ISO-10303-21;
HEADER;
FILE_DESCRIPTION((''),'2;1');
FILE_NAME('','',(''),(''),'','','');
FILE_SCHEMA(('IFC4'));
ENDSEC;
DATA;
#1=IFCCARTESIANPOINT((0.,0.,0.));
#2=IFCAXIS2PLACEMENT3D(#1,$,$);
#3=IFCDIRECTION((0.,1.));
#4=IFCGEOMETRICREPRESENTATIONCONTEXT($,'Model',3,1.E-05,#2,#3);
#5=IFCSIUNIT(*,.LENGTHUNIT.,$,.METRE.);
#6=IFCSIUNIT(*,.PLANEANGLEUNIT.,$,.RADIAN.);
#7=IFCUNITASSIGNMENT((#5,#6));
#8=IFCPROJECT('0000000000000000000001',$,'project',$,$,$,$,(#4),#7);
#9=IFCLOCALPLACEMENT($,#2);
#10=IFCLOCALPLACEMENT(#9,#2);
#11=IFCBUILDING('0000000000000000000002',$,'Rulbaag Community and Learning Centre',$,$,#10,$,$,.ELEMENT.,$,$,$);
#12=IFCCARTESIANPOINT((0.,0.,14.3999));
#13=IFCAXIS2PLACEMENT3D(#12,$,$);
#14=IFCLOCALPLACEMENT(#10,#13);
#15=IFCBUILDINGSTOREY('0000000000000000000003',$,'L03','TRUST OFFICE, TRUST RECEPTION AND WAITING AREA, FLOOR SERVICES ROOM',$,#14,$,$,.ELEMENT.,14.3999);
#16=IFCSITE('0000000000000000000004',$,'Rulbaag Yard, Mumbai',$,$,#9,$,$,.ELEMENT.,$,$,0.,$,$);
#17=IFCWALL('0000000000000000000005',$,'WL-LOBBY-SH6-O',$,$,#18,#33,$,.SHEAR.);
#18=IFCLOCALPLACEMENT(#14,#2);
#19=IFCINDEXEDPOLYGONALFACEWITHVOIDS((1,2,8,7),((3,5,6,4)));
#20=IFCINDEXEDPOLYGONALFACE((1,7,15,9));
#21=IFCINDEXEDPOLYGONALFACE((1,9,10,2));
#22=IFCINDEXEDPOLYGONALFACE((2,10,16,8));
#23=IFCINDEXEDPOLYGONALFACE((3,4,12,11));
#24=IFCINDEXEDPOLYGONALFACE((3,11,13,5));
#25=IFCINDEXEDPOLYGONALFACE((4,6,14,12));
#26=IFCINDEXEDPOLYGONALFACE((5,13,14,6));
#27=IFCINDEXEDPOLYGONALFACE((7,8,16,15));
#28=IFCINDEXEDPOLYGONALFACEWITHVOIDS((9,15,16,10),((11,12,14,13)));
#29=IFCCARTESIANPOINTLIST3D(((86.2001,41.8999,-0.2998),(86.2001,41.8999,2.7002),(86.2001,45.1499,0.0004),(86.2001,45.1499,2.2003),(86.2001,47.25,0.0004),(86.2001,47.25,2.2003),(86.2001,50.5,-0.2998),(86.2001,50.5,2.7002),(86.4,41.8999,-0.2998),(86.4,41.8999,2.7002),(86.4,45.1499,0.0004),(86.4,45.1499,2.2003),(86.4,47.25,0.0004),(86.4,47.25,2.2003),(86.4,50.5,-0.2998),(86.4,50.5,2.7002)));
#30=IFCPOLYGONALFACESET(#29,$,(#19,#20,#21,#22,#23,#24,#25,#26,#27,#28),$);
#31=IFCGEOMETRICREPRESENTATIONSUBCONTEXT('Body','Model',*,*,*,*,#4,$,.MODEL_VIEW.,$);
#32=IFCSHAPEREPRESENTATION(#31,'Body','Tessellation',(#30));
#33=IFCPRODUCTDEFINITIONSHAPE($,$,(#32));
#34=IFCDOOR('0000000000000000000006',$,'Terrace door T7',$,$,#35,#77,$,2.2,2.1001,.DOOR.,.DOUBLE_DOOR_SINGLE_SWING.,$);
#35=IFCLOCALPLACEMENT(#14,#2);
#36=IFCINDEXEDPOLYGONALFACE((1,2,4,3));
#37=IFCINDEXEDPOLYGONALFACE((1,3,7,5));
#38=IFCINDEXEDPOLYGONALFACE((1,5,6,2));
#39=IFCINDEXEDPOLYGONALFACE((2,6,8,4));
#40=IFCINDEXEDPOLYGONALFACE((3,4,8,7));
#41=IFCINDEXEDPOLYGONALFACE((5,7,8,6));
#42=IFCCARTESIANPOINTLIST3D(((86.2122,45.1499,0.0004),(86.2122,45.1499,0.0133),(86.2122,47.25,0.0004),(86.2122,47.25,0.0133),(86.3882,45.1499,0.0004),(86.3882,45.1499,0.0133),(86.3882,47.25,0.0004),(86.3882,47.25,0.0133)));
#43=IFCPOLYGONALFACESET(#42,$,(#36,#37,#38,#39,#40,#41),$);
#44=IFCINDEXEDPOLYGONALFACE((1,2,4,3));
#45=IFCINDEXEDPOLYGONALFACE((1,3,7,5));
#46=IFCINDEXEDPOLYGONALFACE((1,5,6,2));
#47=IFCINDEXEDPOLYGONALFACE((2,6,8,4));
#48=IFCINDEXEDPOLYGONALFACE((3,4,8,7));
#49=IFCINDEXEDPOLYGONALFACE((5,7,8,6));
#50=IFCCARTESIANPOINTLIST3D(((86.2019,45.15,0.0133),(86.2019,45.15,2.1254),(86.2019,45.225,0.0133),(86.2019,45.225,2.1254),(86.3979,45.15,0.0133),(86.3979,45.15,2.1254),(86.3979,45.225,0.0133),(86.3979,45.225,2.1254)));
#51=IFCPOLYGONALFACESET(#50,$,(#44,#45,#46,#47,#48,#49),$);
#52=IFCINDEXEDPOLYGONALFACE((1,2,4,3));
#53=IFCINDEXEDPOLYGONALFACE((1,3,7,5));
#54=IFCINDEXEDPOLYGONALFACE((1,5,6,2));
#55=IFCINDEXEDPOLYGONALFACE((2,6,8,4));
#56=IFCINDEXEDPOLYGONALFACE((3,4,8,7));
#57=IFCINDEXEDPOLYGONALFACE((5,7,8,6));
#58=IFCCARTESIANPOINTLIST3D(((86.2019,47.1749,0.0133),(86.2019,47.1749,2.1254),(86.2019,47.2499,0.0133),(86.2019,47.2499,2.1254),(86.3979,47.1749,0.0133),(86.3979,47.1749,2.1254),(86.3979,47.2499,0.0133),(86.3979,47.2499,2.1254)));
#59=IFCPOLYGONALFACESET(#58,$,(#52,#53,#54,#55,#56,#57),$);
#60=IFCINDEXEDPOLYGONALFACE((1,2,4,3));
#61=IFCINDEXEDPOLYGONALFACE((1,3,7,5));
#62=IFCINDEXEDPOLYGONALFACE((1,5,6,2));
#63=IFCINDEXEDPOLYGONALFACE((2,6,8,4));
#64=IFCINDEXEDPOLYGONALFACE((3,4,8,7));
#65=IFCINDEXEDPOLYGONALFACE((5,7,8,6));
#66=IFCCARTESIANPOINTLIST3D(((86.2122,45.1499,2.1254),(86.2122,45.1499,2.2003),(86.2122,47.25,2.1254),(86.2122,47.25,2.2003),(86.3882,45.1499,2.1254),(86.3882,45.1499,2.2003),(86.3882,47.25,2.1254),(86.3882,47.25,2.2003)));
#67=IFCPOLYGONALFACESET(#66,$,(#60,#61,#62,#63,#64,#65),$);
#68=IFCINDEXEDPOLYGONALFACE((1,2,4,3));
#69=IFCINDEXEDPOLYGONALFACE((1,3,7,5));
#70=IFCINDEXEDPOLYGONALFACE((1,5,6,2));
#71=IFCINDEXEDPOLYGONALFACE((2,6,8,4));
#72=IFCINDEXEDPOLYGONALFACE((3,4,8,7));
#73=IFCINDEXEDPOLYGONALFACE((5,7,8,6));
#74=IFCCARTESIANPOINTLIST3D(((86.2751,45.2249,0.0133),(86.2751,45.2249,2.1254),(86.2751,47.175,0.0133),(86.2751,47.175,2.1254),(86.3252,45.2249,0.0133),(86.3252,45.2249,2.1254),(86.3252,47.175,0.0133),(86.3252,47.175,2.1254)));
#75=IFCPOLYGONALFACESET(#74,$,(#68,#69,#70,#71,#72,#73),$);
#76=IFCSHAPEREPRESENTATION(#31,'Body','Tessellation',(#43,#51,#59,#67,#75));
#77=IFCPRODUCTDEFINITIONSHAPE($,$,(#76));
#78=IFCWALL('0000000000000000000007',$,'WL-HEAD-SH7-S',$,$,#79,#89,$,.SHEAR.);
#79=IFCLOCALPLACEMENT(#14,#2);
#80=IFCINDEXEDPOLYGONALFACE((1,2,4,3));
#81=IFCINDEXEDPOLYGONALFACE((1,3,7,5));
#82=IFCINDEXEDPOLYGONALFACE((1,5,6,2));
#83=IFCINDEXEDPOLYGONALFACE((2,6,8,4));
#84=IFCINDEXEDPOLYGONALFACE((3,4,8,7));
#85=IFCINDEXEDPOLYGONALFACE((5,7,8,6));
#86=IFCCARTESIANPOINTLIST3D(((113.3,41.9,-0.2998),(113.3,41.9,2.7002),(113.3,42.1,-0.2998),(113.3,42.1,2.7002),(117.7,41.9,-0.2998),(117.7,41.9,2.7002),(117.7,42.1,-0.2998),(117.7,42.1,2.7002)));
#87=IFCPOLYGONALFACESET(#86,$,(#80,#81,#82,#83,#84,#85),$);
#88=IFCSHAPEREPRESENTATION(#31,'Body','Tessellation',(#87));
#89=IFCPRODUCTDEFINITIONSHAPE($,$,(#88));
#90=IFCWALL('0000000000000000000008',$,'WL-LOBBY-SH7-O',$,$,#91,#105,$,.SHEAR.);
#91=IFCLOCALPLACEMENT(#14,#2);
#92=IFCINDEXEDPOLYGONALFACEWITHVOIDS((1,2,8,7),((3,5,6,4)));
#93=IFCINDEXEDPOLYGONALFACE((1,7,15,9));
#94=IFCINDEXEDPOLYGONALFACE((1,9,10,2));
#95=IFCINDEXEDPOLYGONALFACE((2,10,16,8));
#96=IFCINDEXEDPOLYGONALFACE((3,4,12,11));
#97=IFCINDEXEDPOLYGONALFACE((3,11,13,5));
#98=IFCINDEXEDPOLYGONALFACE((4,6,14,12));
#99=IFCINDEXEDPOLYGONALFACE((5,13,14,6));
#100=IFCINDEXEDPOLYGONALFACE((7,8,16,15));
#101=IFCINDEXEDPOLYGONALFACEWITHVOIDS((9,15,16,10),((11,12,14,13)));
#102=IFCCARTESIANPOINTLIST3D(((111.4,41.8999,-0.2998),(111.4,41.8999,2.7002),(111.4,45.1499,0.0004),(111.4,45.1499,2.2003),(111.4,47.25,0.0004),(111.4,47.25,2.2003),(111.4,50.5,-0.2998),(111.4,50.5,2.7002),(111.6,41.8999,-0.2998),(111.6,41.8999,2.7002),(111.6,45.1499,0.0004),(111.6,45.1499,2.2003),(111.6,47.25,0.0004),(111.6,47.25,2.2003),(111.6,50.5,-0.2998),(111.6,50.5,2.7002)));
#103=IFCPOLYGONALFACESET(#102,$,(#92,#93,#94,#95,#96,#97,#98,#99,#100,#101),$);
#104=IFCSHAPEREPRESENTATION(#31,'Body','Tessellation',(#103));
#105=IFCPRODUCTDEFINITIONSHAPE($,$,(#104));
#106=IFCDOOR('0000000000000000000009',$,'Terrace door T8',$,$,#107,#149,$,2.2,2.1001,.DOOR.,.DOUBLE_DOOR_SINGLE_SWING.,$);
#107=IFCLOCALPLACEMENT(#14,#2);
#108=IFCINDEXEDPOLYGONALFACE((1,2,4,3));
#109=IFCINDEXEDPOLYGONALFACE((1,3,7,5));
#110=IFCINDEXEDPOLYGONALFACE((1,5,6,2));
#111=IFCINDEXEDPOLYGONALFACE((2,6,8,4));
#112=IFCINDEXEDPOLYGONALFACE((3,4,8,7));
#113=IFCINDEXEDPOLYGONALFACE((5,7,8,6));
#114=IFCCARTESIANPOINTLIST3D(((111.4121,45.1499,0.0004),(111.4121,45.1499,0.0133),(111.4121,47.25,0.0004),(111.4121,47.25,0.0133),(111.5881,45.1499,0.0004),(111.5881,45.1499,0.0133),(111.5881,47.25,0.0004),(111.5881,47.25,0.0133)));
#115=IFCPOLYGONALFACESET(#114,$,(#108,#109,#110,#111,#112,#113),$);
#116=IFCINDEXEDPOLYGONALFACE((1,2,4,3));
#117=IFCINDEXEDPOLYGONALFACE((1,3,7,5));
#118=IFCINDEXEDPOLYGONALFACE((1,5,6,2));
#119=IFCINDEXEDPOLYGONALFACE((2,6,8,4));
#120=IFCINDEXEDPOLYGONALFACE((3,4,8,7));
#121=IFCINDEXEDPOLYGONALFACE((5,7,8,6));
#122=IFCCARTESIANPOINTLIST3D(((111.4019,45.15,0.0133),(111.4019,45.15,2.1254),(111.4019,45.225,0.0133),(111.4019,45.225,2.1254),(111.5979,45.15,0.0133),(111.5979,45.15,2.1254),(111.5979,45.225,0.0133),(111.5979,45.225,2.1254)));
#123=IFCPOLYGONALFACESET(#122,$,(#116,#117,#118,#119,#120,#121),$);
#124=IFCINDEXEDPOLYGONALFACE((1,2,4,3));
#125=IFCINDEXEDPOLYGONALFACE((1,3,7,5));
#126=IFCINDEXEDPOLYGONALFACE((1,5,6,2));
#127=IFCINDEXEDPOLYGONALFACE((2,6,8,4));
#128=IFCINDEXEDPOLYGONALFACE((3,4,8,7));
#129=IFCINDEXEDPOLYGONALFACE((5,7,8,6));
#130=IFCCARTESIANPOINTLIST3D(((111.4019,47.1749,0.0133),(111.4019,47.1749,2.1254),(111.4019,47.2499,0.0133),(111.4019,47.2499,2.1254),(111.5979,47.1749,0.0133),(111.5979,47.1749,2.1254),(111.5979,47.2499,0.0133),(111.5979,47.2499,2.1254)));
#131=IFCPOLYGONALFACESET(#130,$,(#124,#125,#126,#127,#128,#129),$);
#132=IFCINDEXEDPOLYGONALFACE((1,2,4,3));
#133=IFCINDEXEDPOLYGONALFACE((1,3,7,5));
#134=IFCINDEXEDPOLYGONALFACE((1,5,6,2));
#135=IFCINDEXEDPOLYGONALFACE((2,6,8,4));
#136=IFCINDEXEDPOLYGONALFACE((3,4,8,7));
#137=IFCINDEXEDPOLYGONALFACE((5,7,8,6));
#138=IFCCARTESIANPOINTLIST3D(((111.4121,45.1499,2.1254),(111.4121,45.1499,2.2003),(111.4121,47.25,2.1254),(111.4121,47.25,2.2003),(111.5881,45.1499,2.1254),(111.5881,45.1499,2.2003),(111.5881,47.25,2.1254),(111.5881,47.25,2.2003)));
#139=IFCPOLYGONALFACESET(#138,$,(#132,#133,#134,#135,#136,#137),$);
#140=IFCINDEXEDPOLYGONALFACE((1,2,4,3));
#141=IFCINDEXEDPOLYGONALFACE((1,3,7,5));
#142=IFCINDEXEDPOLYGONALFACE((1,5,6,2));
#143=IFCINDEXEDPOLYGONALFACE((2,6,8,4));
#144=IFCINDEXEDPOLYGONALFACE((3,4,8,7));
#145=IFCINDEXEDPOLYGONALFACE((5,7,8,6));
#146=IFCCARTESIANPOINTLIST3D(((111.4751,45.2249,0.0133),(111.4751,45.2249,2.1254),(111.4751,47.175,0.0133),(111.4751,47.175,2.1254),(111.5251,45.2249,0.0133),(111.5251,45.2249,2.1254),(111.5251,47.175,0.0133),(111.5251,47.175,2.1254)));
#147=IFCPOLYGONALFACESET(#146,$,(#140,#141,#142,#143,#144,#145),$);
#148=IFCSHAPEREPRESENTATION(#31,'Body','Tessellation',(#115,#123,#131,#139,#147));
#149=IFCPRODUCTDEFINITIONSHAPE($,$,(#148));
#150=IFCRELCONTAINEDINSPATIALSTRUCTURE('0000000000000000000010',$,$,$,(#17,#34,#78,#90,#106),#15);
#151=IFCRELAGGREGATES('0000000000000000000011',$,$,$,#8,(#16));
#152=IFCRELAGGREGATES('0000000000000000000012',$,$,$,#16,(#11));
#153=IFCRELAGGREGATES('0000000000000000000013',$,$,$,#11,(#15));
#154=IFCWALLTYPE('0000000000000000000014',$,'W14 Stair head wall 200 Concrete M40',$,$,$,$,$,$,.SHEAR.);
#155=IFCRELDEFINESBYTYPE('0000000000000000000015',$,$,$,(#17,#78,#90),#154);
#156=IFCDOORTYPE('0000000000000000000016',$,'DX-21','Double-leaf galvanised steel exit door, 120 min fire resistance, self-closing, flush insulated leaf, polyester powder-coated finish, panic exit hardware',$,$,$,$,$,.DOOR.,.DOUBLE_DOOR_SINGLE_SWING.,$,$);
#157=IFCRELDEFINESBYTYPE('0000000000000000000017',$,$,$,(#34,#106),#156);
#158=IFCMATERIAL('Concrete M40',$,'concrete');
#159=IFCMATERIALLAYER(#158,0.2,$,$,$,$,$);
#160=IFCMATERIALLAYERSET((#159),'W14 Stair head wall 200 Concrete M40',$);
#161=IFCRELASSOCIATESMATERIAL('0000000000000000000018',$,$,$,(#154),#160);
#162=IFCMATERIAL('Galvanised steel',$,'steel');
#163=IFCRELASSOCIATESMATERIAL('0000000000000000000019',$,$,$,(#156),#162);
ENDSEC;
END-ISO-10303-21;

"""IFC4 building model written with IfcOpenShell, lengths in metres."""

from ifc_helpers import new_model, si_unit, direction, frame, frame_2d, origin, place, context, subcontext, project, spatial, rectangle, extrude, material, layer, layer_set, type_object, element, fill, save


model = new_model("IFC4")

# Units and contexts
model_context = context("Model", 3, precision=1e-05, world=origin(), true_north=direction((0.0, 1.0)))
body_context = subcontext(model_context, "Body", "Model", "MODEL_VIEW")
ifc_project = project(units=[si_unit("LENGTHUNIT", "METRE"), si_unit("PLANEANGLEUNIT", "RADIAN")], contexts=[model_context])

# Site, building, storey
site_placement = place(None, origin())
site = spatial("IfcSite", under=ifc_project, at=site_placement, Name="Rulbaag Yard, Mumbai", CompositionType="ELEMENT", RefElevation=0.0)
building_placement = place(site_placement, origin())
building = spatial("IfcBuilding", under=site, at=building_placement, Name="Rulbaag Community and Learning Centre", CompositionType="ELEMENT")
storey_placement = place(building_placement, frame((0.0, 0.0, 14.3999)))
storey = spatial("IfcBuildingStorey", under=building, at=storey_placement, Name="L03", Description="TRUST OFFICE, TRUST RECEPTION AND WAITING AREA, FLOOR SERVICES ROOM", CompositionType="ELEMENT", Elevation=14.3999)

# Shared definitions
ifc_material_1 = material(Name="Concrete M40", Category="concrete")

# Shared definitions
ifc_layer_1 = layer(ifc_material_1, 0.2)
ifc_layer_set_1 = layer_set([ifc_layer_1], Name="W14 Stair head wall 200 Concrete M40")
wall_type_1 = type_object("IfcWallType", Name="W14 Stair head wall 200 Concrete M40", PredefinedType="SHEAR", material=ifc_layer_set_1)

# Shared definitions
ifc_material_2 = material(Name="Galvanised steel", Category="steel")

# Wall, opening, door
wall_1_placement = place(storey_placement, frame((86.3, 41.8999, -0.2998), z_axis=(0.0, 0.0, 1.0), x_axis=(0.0, 1.0, 0.0)))
wall_1 = element("IfcWall", 1, at=wall_1_placement, inside=storey, type_object=wall_type_1, Name="WL-LOBBY-SH6-O", PredefinedType="SHEAR", context=body_context, shape_type="SweptSolid", body=[
    extrude(rectangle(XDim=8.6001, YDim=0.2, at=frame_2d((4.3, 0.0))), origin(), (0.0, 0.0, 1.0), 3.0),
])
opening_1_placement = place(wall_1_placement, frame((3.25, 0.0, 0.3)))
opening_1 = element("IfcOpeningElement", 2, at=opening_1_placement, cuts=wall_1, PredefinedType="OPENING", context=body_context, shape_type="SweptSolid", body=[
    extrude(rectangle(XDim=2.1001, YDim=2.2, at=frame_2d((1.05, 1.1001))), frame((0.0, 0.1099, 0.0), z_axis=(0.0, -1.0, 0.0), x_axis=(1.0, 0.0, 0.0)), (0.0, 0.0, 1.0), 0.22),
])
door_type_1 = type_object("IfcDoorType", Name="DX-21", Description="Double-leaf galvanised steel exit door, 120 min fire resistance, self-closing, flush insulated leaf, polyester powder-coated finish, panic exit hardware", OperationType="DOUBLE_DOOR_SINGLE_SWING", PredefinedType="DOOR", material=ifc_material_2)
door_1_placement = place(opening_1_placement, origin())
door_1 = element("IfcDoor", 3, at=door_1_placement, inside=storey, type_object=door_type_1, Name="Terrace door T7", OperationType="DOUBLE_DOOR_SINGLE_SWING", OverallHeight=2.2, OverallWidth=2.1001, PredefinedType="DOOR", context=body_context, shape_type="SweptSolid", body=[
    extrude(rectangle(XDim=2.1001, YDim=0.0129, at=frame_2d((1.05, 0.0066))), frame((0.0, 0.0879, 0.0), z_axis=(0.0, -1.0, 0.0), x_axis=(1.0, 0.0, 0.0)), (0.0, 0.0, 1.0), 0.176),
    extrude(rectangle(XDim=0.075, YDim=2.1121, at=frame_2d((0.0376, 1.0691))), frame((0.0, 0.0981, 0.0), z_axis=(0.0, -1.0, 0.0), x_axis=(1.0, 0.0, 0.0)), (0.0, 0.0, 1.0), 0.196),
    extrude(rectangle(XDim=0.075, YDim=2.1121, at=frame_2d((2.0625, 1.0691))), frame((0.0, 0.0981, 0.0), z_axis=(0.0, -1.0, 0.0), x_axis=(1.0, 0.0, 0.0)), (0.0, 0.0, 1.0), 0.196),
    extrude(rectangle(XDim=2.1001, YDim=0.075, at=frame_2d((1.05, 2.1626))), frame((0.0, 0.0879, 0.0), z_axis=(0.0, -1.0, 0.0), x_axis=(1.0, 0.0, 0.0)), (0.0, 0.0, 1.0), 0.176),
    extrude(rectangle(XDim=1.9502, YDim=2.1121, at=frame_2d((1.05, 1.0691))), frame((0.0, 0.0249, 0.0), z_axis=(0.0, -1.0, 0.0), x_axis=(1.0, 0.0, 0.0)), (0.0, 0.0, 1.0), 0.05),
])
fill(opening_1, door_1)

# Wall
wall_2_placement = place(storey_placement, frame((113.3, 42.0, -0.2998), z_axis=(0.0, 0.0, 1.0), x_axis=(1.0, 0.0, 0.0)))
element("IfcWall", 4, at=wall_2_placement, inside=storey, type_object=wall_type_1, Name="WL-HEAD-SH7-S", PredefinedType="SHEAR", context=body_context, shape_type="SweptSolid", body=[
    extrude(rectangle(XDim=4.3999, YDim=0.2, at=frame_2d((2.2, 0.0))), origin(), (0.0, 0.0, 1.0), 3.0),
])

# Wall, opening, door
wall_3_placement = place(storey_placement, frame((111.5, 41.8999, -0.2998), z_axis=(0.0, 0.0, 1.0), x_axis=(0.0, 1.0, 0.0)))
wall_3 = element("IfcWall", 5, at=wall_3_placement, inside=storey, type_object=wall_type_1, Name="WL-LOBBY-SH7-O", PredefinedType="SHEAR", context=body_context, shape_type="SweptSolid", body=[
    extrude(rectangle(XDim=8.6001, YDim=0.2, at=frame_2d((4.3, 0.0))), origin(), (0.0, 0.0, 1.0), 3.0),
])
opening_2_placement = place(wall_3_placement, frame((3.25, 0.0, 0.3)))
opening_2 = element("IfcOpeningElement", 6, at=opening_2_placement, cuts=wall_3, PredefinedType="OPENING", context=body_context, shape_type="SweptSolid", body=[
    extrude(rectangle(XDim=2.1001, YDim=2.2, at=frame_2d((1.05, 1.1001))), frame((0.0, 0.1099, 0.0), z_axis=(0.0, -1.0, 0.0), x_axis=(1.0, 0.0, 0.0)), (0.0, 0.0, 1.0), 0.22),
])
door_2_placement = place(opening_2_placement, origin())
door_2 = element("IfcDoor", 7, at=door_2_placement, inside=storey, type_object=door_type_1, Name="Terrace door T8", OperationType="DOUBLE_DOOR_SINGLE_SWING", OverallHeight=2.2, OverallWidth=2.1001, PredefinedType="DOOR", context=body_context, shape_type="SweptSolid", body=[
    extrude(rectangle(XDim=2.1001, YDim=0.0129, at=frame_2d((1.05, 0.0066))), frame((0.0, 0.0879, 0.0), z_axis=(0.0, -1.0, 0.0), x_axis=(1.0, 0.0, 0.0)), (0.0, 0.0, 1.0), 0.176),
    extrude(rectangle(XDim=0.075, YDim=2.1121, at=frame_2d((0.0376, 1.0691))), frame((0.0, 0.0981, 0.0), z_axis=(0.0, -1.0, 0.0), x_axis=(1.0, 0.0, 0.0)), (0.0, 0.0, 1.0), 0.196),
    extrude(rectangle(XDim=0.075, YDim=2.1121, at=frame_2d((2.0625, 1.0691))), frame((0.0, 0.0981, 0.0), z_axis=(0.0, -1.0, 0.0), x_axis=(1.0, 0.0, 0.0)), (0.0, 0.0, 1.0), 0.196),
    extrude(rectangle(XDim=2.1001, YDim=0.075, at=frame_2d((1.05, 2.1626))), frame((0.0, 0.0879, 0.0), z_axis=(0.0, -1.0, 0.0), x_axis=(1.0, 0.0, 0.0)), (0.0, 0.0, 1.0), 0.176),
    extrude(rectangle(XDim=1.9502, YDim=2.1121, at=frame_2d((1.05, 1.0691))), frame((0.0, 0.0249, 0.0), z_axis=(0.0, -1.0, 0.0), x_axis=(1.0, 0.0, 0.0)), (0.0, 0.0, 1.0), 0.05),
])
fill(opening_2, door_2)

save(model, "model.ifc")
